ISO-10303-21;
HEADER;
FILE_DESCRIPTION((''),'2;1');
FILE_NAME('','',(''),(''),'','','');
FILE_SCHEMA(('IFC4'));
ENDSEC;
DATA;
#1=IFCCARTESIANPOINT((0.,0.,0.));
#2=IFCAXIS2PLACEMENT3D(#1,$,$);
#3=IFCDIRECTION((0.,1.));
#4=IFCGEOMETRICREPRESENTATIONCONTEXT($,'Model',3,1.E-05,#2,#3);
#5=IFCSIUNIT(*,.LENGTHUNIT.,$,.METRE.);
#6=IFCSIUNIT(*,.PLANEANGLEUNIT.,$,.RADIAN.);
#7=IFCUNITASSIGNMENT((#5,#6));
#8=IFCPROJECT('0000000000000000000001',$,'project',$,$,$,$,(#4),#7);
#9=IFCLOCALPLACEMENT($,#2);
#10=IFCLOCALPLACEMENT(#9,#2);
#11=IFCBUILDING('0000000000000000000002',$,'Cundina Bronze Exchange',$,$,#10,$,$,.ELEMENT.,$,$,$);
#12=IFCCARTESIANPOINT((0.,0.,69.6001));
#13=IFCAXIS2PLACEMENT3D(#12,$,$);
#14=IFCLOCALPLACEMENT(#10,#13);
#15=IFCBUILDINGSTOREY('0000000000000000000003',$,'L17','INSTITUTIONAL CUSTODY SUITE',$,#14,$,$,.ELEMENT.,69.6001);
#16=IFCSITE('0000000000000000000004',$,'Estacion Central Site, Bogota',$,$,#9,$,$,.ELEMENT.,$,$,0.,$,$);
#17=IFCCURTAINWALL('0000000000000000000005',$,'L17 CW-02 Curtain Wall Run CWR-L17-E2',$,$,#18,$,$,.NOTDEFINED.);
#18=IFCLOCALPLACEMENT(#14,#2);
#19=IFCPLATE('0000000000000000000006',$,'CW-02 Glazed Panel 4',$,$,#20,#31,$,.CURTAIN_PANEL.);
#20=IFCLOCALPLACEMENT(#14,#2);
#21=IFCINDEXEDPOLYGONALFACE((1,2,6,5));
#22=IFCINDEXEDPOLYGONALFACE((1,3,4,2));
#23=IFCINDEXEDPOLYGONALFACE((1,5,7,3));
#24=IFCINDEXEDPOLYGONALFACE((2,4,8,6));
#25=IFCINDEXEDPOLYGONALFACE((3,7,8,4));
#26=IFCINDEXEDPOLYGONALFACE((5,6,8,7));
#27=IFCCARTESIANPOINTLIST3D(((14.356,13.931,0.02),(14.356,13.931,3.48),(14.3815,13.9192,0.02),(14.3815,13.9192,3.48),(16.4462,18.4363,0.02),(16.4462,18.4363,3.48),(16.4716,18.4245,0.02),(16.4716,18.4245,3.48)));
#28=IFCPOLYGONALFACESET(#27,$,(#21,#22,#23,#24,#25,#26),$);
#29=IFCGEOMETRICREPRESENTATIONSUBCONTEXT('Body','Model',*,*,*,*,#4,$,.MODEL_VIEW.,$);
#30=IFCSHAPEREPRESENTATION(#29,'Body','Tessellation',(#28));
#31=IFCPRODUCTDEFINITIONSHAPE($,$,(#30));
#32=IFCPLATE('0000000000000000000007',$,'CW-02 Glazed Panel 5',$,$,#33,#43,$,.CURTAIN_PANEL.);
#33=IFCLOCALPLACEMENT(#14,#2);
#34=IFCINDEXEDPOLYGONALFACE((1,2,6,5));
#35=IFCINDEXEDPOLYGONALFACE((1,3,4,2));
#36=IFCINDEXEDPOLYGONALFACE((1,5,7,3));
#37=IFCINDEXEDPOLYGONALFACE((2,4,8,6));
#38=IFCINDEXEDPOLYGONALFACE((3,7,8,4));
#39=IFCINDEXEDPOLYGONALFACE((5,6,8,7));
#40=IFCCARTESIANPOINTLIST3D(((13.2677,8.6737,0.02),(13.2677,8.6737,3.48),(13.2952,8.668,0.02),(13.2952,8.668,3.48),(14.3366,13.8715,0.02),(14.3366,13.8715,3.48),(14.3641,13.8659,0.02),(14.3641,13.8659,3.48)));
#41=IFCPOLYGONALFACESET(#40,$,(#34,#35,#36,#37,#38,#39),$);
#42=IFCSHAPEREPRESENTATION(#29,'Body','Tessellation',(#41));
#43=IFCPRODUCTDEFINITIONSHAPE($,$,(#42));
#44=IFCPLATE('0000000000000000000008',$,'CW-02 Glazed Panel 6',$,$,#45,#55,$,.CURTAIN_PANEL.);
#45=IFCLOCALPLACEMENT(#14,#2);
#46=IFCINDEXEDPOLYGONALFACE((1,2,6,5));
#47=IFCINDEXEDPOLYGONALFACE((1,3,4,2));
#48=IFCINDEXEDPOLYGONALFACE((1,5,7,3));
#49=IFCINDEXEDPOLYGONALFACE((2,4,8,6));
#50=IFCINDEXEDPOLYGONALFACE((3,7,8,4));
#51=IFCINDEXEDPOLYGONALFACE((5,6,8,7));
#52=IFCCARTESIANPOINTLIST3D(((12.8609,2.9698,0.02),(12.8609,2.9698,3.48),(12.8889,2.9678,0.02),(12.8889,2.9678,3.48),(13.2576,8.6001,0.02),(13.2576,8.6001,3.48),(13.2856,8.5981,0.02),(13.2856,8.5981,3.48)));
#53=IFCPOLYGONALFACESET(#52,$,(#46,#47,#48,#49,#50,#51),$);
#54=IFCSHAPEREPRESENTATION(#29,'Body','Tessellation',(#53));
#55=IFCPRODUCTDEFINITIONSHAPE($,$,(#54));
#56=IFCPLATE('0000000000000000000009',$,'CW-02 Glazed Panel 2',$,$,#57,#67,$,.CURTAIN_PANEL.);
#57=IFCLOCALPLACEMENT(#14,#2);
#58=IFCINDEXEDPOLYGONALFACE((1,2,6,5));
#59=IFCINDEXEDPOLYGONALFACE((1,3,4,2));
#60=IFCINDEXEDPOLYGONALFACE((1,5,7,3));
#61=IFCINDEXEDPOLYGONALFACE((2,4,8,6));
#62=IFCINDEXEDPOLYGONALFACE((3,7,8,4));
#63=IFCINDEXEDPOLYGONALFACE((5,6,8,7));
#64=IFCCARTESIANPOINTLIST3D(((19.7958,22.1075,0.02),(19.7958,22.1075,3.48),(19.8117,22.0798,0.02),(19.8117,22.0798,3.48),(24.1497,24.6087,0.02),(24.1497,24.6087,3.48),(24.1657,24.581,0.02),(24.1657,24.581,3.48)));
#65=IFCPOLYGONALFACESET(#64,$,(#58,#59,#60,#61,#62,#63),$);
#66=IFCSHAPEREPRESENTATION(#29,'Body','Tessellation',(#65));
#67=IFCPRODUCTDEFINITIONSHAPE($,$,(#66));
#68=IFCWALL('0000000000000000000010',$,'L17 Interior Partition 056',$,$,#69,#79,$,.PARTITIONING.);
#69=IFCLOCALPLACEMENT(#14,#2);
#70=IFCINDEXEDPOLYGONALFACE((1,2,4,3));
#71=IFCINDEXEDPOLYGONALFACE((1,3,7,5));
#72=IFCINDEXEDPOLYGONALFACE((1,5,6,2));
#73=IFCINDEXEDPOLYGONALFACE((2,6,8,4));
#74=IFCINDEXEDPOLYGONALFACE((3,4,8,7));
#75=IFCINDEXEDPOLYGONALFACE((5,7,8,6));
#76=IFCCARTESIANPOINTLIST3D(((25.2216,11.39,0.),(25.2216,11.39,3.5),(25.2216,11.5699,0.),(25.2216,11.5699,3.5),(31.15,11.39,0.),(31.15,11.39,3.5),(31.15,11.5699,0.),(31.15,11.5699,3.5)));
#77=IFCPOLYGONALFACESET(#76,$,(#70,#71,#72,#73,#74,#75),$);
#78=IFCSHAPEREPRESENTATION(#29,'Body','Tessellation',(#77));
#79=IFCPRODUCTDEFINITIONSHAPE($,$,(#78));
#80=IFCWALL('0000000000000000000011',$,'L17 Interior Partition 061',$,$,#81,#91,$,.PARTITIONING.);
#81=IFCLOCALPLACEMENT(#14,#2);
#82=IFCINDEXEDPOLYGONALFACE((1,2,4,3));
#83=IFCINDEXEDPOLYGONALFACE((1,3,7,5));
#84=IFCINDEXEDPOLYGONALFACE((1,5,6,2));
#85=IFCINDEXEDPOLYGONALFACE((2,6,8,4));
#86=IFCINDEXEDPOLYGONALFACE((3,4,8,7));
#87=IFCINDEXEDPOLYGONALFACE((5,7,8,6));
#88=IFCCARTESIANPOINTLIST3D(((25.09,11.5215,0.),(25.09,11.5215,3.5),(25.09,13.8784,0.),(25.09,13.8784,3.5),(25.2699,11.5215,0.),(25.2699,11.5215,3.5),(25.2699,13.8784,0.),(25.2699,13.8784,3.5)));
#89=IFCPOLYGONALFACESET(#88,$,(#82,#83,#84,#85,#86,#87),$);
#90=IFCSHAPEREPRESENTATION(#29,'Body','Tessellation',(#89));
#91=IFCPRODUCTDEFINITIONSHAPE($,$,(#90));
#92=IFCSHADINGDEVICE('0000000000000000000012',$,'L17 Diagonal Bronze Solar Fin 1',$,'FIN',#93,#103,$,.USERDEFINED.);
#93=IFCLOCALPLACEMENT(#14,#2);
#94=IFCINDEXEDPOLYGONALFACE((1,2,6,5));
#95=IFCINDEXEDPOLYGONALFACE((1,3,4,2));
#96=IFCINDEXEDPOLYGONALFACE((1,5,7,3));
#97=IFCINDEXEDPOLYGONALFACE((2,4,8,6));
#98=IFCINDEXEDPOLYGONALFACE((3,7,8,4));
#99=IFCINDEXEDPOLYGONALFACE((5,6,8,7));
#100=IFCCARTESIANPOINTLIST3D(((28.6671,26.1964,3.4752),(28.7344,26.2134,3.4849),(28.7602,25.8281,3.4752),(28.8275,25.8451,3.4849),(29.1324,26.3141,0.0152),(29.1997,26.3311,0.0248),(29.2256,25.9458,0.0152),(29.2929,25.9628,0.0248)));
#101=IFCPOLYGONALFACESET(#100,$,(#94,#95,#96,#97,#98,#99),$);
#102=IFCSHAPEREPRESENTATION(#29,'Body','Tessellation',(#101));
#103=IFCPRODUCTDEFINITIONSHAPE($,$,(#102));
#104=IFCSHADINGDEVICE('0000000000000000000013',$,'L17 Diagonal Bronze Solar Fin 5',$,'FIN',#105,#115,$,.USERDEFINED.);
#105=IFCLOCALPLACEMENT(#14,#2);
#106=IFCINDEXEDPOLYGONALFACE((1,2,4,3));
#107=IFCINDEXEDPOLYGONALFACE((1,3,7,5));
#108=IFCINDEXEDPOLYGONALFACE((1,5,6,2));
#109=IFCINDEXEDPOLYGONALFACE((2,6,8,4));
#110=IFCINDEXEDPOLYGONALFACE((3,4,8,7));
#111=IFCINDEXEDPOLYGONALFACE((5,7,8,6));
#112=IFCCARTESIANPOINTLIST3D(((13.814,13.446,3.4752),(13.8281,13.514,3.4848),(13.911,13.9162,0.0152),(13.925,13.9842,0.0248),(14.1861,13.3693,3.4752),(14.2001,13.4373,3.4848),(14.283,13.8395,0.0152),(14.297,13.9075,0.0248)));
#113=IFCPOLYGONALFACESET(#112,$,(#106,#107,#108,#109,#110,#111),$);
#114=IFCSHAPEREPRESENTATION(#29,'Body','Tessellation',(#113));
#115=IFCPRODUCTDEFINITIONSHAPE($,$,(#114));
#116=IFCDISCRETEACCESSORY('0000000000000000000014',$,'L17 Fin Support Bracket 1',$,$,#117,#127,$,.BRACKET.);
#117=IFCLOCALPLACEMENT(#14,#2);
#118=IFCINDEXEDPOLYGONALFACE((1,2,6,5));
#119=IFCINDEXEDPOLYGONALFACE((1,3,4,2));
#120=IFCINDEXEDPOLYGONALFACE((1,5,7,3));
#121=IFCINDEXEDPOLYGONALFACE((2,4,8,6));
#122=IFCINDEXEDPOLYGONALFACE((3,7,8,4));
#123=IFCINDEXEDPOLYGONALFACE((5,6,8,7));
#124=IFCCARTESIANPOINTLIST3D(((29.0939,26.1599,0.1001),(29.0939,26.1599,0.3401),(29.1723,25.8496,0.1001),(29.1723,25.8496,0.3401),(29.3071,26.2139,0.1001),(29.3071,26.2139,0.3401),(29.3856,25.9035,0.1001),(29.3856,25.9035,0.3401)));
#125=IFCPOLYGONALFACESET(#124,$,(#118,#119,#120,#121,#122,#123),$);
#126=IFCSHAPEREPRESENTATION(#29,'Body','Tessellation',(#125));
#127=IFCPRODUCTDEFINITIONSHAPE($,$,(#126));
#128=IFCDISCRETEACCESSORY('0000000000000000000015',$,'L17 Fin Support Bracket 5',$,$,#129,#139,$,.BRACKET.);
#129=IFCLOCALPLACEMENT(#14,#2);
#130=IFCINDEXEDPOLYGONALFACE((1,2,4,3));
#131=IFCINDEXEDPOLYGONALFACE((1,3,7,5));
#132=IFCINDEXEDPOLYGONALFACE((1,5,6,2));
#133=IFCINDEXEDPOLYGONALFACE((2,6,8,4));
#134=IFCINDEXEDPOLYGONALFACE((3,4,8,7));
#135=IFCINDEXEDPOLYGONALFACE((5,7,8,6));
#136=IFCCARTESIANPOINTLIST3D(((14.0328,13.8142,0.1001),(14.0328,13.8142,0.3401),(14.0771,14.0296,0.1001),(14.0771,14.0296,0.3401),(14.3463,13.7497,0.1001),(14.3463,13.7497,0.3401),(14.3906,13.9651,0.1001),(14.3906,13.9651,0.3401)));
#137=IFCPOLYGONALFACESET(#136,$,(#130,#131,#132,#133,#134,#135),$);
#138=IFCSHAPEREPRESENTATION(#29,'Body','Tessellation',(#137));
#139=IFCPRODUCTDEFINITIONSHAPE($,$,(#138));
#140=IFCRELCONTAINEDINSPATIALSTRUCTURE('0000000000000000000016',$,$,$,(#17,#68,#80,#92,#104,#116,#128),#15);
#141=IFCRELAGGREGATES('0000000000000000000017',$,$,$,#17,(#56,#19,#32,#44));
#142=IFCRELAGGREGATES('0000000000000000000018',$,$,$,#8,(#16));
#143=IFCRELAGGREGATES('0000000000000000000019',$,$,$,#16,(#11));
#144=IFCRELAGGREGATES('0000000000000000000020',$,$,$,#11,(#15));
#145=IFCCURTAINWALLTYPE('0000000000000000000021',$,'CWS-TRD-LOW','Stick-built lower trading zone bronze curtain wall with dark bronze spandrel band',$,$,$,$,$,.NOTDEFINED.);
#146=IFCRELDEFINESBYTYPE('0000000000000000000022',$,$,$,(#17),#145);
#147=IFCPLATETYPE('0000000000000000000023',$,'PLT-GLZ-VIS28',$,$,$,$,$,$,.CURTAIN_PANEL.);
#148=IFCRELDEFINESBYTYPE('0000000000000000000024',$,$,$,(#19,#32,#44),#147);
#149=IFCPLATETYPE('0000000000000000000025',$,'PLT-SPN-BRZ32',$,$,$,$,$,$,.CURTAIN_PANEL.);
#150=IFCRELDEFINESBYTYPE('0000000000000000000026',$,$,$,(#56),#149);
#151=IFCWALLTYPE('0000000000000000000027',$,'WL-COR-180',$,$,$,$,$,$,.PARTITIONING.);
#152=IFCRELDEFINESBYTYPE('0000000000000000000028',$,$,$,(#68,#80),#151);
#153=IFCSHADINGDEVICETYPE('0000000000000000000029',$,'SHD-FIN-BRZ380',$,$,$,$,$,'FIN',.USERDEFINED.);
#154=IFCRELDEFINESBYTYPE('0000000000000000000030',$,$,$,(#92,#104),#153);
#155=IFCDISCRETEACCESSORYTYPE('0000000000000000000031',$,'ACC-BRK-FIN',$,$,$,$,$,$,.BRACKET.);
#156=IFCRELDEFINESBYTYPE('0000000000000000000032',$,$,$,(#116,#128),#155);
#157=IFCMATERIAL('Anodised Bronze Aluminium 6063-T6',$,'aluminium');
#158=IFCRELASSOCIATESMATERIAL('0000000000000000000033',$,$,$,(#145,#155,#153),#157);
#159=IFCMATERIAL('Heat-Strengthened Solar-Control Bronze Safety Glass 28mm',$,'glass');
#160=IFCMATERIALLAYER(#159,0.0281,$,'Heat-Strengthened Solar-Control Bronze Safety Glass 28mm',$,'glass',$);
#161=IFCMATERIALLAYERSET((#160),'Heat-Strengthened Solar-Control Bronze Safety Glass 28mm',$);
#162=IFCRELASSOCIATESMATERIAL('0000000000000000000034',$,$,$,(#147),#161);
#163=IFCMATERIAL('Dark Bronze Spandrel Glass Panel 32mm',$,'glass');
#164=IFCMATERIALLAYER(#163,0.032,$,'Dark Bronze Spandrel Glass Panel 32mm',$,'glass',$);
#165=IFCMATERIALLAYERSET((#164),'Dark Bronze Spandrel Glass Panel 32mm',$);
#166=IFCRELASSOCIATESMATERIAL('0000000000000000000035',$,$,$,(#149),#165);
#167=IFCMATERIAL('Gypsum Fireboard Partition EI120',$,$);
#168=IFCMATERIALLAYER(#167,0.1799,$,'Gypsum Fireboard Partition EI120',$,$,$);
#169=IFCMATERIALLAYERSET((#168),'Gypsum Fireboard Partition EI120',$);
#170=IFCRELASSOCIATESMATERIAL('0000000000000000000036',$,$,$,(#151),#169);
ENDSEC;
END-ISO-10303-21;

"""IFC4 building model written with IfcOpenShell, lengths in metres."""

from ifc_helpers import new_model, si_unit, direction, frame, frame_2d, origin, origin_2d, place, context, subcontext, project, spatial, rectangle, extrude, material, layer, layer_set, material_profile, profile_set, type_object, element, aggregate, save


model = new_model("IFC4")

# Units and contexts
model_context = context("Model", 3, precision=1e-05, world=origin(), true_north=direction((0.0, 1.0)))
body_context = subcontext(model_context, "Body", "Model", "MODEL_VIEW")
ifc_project = project(units=[si_unit("LENGTHUNIT", "METRE"), si_unit("PLANEANGLEUNIT", "RADIAN")], contexts=[model_context])

# Site, building, storey
site_placement = place(None, origin())
site = spatial("IfcSite", under=ifc_project, at=site_placement, Name="Estacion Central Site, Bogota", CompositionType="ELEMENT", RefElevation=0.0)
building_placement = place(site_placement, origin())
building = spatial("IfcBuilding", under=site, at=building_placement, Name="Cundina Bronze Exchange", CompositionType="ELEMENT")
storey_placement = place(building_placement, frame((0.0, 0.0, 69.6001)))
storey = spatial("IfcBuildingStorey", under=building, at=storey_placement, Name="L17", Description="INSTITUTIONAL CUSTODY SUITE", CompositionType="ELEMENT", Elevation=69.6001)

# Shared definitions
ifc_material_1 = material(Name="Anodised Bronze Aluminium 6063-T6", Category="aluminium")
curtain_wall_type = type_object("IfcCurtainWallType", Name="CWS-TRD-LOW", Description="Stick-built lower trading zone bronze curtain wall with dark bronze spandrel band", PredefinedType="NOTDEFINED", material=ifc_material_1)

# Curtain wall, plates
curtain_wall_1_placement = place(storey_placement, origin())
curtain_wall_1 = element("IfcCurtainWall", 1, at=curtain_wall_1_placement, inside=storey, type_object=curtain_wall_type, Name="L17 CW-02 Curtain Wall Run CWR-L17-E2", PredefinedType="NOTDEFINED")
ifc_material_2 = material(Name="Heat-Strengthened Solar-Control Bronze Safety Glass 28mm", Category="glass")
ifc_layer_1 = layer(ifc_material_2, 0.0281, Name="Heat-Strengthened Solar-Control Bronze Safety Glass 28mm", Category="glass")
ifc_layer_set_1 = layer_set([ifc_layer_1], Name="Heat-Strengthened Solar-Control Bronze Safety Glass 28mm")
plate_type_1 = type_object("IfcPlateType", Name="PLT-GLZ-VIS28", PredefinedType="CURTAIN_PANEL", material=ifc_layer_set_1)
plate_1_placement = place(storey_placement, frame((15.4138, 16.1777, 0.02), z_axis=(0.0, 0.0, 1.0), x_axis=(-0.420846, -0.907132, 0.0)))
plate_1 = element("IfcPlate", 2, at=plate_1_placement, type_object=plate_type_1, Name="CW-02 Glazed Panel 4", PredefinedType="CURTAIN_PANEL", context=body_context, shape_type="SweptSolid", body=[
    extrude(rectangle(XDim=4.9666, YDim=0.0281, at=origin_2d()), origin(), (0.0, 0.0, 1.0), 3.46),
])
plate_2_placement = place(storey_placement, frame((13.8159, 11.2698, 0.02), z_axis=(0.0, 0.0, 1.0), x_axis=(-0.20142, -0.979505, 0.0)))
plate_2 = element("IfcPlate", 3, at=plate_2_placement, type_object=plate_type_1, Name="CW-02 Glazed Panel 5", PredefinedType="CURTAIN_PANEL", context=body_context, shape_type="SweptSolid", body=[
    extrude(rectangle(XDim=5.3066, YDim=0.0281, at=origin_2d()), origin(), (0.0, 0.0, 1.0), 3.46),
])
plate_3_placement = place(storey_placement, frame((13.0732, 5.7839, 0.02), z_axis=(0.0, 0.0, 1.0), x_axis=(-0.070279, -0.997527, 0.0)))
plate_3 = element("IfcPlate", 4, at=plate_3_placement, type_object=plate_type_1, Name="CW-02 Glazed Panel 6", PredefinedType="CURTAIN_PANEL", context=body_context, shape_type="SweptSolid", body=[
    extrude(rectangle(XDim=5.6443, YDim=0.0281, at=origin_2d()), origin(), (0.0, 0.0, 1.0), 3.46),
])
ifc_material_3 = material(Name="Dark Bronze Spandrel Glass Panel 32mm", Category="glass")
ifc_layer_2 = layer(ifc_material_3, 0.032, Name="Dark Bronze Spandrel Glass Panel 32mm", Category="glass")
ifc_layer_set_2 = layer_set([ifc_layer_2], Name="Dark Bronze Spandrel Glass Panel 32mm")
plate_type_2 = type_object("IfcPlateType", Name="PLT-SPN-BRZ32", PredefinedType="CURTAIN_PANEL", material=ifc_layer_set_2)
plate_4_placement = place(storey_placement, frame((21.9807, 23.3442, 0.02), z_axis=(0.0, 0.0, 1.0), x_axis=(-0.867105, -0.498125, 0.0)))
plate_4 = element("IfcPlate", 5, at=plate_4_placement, type_object=plate_type_2, Name="CW-02 Glazed Panel 2", PredefinedType="CURTAIN_PANEL", context=body_context, shape_type="SweptSolid", body=[
    extrude(rectangle(XDim=5.0212, YDim=0.032, at=origin_2d()), origin(), (0.0, 0.0, 1.0), 3.46),
])
aggregate(curtain_wall_1, [plate_4, plate_1, plate_2, plate_3])

# Walls
ifc_material_4 = material(Name="Gypsum Fireboard Partition EI120")
ifc_layer_3 = layer(ifc_material_4, 0.1799, Name="Gypsum Fireboard Partition EI120")
ifc_layer_set_3 = layer_set([ifc_layer_3], Name="Gypsum Fireboard Partition EI120")
wall_type = type_object("IfcWallType", Name="WL-COR-180", PredefinedType="PARTITIONING", material=ifc_layer_set_3)
wall_1_placement = place(storey_placement, frame((25.2214, 11.48, 0.0), z_axis=(0.0, 0.0, 1.0), x_axis=(1.0, 0.0, 0.0)))
element("IfcWall", 6, at=wall_1_placement, inside=storey, type_object=wall_type, Name="L17 Interior Partition 056", PredefinedType="PARTITIONING", context=body_context, shape_type="SweptSolid", body=[
    extrude(rectangle(XDim=5.9285, YDim=0.1799, at=frame_2d((2.9644, 0.0))), origin(), (0.0, 0.0, 1.0), 3.5),
])
wall_2_placement = place(storey_placement, frame((25.1799, 13.8784, 0.0), z_axis=(0.0, 0.0, 1.0), x_axis=(0.0, -1.0, 0.0)))
element("IfcWall", 7, at=wall_2_placement, inside=storey, type_object=wall_type, Name="L17 Interior Partition 061", PredefinedType="PARTITIONING", context=body_context, shape_type="SweptSolid", body=[
    extrude(rectangle(XDim=2.3569, YDim=0.1799, at=frame_2d((1.1785, 0.0))), origin(), (0.0, 0.0, 1.0), 3.5),
])

# Shading devices
ifc_material_profile_1 = material_profile(ifc_material_1, rectangle(XDim=0.0701, YDim=0.3799, at=origin_2d()), Name="FIN70X380", Category="aluminium")
ifc_profile_set_1 = profile_set([ifc_material_profile_1], Name="Anodised Bronze Aluminium 6063-T6")
shading_device_type = type_object("IfcShadingDeviceType", Name="SHD-FIN-BRZ380", ElementType="FIN", PredefinedType="USERDEFINED", material=ifc_profile_set_1)
for number, where, z_axis, x_axis, name in (
    (8, (29.2126, 26.1384, 0.02), (-0.133215, -0.033688, 0.990514), (0.960285, 0.242842, 0.137408), "L17 Diagonal Bronze Solar Fin 1"),
    (9, (14.104, 13.9119, 0.02), (-0.027747, -0.134612, 0.99051), (0.199967, 0.970115, 0.137442), "L17 Diagonal Bronze Solar Fin 5"),
):
    element("IfcShadingDevice", number, at=place(storey_placement, frame(where, z_axis=z_axis, x_axis=x_axis)), inside=storey, type_object=shading_device_type, Name=name, ObjectType="FIN", PredefinedType="USERDEFINED", context=body_context, shape_type="SweptSolid", body=[
        extrude(rectangle(XDim=0.0701, YDim=0.3799, at=origin_2d()), origin(), (0.0, 0.0, 1.0), 3.4932),
    ])

# Discrete accessories
discrete_accessory_type = type_object("IfcDiscreteAccessoryType", Name="ACC-BRK-FIN", PredefinedType="BRACKET", material=ifc_material_1)
for number, where, z_axis, x_axis, name in (
    (10, (29.2397, 26.0317, 0.1001), (0.0, 0.0, 1.0), (-0.969488, -0.245138, 0.0), "L17 Fin Support Bracket 1"),
    (11, (14.2117, 13.8896, 0.1001), (0.0, 0.0, 1.0), (-0.20142, -0.979505, 0.0), "L17 Fin Support Bracket 5"),
):
    element("IfcDiscreteAccessory", number, at=place(storey_placement, frame(where, z_axis=z_axis, x_axis=x_axis)), inside=storey, type_object=discrete_accessory_type, Name=name, PredefinedType="BRACKET", context=body_context, shape_type="SweptSolid", body=[
        extrude(rectangle(XDim=0.22, YDim=0.3201, at=origin_2d()), origin(), (0.0, 0.0, 1.0), 0.24),
    ])

save(model, "model.ifc")
